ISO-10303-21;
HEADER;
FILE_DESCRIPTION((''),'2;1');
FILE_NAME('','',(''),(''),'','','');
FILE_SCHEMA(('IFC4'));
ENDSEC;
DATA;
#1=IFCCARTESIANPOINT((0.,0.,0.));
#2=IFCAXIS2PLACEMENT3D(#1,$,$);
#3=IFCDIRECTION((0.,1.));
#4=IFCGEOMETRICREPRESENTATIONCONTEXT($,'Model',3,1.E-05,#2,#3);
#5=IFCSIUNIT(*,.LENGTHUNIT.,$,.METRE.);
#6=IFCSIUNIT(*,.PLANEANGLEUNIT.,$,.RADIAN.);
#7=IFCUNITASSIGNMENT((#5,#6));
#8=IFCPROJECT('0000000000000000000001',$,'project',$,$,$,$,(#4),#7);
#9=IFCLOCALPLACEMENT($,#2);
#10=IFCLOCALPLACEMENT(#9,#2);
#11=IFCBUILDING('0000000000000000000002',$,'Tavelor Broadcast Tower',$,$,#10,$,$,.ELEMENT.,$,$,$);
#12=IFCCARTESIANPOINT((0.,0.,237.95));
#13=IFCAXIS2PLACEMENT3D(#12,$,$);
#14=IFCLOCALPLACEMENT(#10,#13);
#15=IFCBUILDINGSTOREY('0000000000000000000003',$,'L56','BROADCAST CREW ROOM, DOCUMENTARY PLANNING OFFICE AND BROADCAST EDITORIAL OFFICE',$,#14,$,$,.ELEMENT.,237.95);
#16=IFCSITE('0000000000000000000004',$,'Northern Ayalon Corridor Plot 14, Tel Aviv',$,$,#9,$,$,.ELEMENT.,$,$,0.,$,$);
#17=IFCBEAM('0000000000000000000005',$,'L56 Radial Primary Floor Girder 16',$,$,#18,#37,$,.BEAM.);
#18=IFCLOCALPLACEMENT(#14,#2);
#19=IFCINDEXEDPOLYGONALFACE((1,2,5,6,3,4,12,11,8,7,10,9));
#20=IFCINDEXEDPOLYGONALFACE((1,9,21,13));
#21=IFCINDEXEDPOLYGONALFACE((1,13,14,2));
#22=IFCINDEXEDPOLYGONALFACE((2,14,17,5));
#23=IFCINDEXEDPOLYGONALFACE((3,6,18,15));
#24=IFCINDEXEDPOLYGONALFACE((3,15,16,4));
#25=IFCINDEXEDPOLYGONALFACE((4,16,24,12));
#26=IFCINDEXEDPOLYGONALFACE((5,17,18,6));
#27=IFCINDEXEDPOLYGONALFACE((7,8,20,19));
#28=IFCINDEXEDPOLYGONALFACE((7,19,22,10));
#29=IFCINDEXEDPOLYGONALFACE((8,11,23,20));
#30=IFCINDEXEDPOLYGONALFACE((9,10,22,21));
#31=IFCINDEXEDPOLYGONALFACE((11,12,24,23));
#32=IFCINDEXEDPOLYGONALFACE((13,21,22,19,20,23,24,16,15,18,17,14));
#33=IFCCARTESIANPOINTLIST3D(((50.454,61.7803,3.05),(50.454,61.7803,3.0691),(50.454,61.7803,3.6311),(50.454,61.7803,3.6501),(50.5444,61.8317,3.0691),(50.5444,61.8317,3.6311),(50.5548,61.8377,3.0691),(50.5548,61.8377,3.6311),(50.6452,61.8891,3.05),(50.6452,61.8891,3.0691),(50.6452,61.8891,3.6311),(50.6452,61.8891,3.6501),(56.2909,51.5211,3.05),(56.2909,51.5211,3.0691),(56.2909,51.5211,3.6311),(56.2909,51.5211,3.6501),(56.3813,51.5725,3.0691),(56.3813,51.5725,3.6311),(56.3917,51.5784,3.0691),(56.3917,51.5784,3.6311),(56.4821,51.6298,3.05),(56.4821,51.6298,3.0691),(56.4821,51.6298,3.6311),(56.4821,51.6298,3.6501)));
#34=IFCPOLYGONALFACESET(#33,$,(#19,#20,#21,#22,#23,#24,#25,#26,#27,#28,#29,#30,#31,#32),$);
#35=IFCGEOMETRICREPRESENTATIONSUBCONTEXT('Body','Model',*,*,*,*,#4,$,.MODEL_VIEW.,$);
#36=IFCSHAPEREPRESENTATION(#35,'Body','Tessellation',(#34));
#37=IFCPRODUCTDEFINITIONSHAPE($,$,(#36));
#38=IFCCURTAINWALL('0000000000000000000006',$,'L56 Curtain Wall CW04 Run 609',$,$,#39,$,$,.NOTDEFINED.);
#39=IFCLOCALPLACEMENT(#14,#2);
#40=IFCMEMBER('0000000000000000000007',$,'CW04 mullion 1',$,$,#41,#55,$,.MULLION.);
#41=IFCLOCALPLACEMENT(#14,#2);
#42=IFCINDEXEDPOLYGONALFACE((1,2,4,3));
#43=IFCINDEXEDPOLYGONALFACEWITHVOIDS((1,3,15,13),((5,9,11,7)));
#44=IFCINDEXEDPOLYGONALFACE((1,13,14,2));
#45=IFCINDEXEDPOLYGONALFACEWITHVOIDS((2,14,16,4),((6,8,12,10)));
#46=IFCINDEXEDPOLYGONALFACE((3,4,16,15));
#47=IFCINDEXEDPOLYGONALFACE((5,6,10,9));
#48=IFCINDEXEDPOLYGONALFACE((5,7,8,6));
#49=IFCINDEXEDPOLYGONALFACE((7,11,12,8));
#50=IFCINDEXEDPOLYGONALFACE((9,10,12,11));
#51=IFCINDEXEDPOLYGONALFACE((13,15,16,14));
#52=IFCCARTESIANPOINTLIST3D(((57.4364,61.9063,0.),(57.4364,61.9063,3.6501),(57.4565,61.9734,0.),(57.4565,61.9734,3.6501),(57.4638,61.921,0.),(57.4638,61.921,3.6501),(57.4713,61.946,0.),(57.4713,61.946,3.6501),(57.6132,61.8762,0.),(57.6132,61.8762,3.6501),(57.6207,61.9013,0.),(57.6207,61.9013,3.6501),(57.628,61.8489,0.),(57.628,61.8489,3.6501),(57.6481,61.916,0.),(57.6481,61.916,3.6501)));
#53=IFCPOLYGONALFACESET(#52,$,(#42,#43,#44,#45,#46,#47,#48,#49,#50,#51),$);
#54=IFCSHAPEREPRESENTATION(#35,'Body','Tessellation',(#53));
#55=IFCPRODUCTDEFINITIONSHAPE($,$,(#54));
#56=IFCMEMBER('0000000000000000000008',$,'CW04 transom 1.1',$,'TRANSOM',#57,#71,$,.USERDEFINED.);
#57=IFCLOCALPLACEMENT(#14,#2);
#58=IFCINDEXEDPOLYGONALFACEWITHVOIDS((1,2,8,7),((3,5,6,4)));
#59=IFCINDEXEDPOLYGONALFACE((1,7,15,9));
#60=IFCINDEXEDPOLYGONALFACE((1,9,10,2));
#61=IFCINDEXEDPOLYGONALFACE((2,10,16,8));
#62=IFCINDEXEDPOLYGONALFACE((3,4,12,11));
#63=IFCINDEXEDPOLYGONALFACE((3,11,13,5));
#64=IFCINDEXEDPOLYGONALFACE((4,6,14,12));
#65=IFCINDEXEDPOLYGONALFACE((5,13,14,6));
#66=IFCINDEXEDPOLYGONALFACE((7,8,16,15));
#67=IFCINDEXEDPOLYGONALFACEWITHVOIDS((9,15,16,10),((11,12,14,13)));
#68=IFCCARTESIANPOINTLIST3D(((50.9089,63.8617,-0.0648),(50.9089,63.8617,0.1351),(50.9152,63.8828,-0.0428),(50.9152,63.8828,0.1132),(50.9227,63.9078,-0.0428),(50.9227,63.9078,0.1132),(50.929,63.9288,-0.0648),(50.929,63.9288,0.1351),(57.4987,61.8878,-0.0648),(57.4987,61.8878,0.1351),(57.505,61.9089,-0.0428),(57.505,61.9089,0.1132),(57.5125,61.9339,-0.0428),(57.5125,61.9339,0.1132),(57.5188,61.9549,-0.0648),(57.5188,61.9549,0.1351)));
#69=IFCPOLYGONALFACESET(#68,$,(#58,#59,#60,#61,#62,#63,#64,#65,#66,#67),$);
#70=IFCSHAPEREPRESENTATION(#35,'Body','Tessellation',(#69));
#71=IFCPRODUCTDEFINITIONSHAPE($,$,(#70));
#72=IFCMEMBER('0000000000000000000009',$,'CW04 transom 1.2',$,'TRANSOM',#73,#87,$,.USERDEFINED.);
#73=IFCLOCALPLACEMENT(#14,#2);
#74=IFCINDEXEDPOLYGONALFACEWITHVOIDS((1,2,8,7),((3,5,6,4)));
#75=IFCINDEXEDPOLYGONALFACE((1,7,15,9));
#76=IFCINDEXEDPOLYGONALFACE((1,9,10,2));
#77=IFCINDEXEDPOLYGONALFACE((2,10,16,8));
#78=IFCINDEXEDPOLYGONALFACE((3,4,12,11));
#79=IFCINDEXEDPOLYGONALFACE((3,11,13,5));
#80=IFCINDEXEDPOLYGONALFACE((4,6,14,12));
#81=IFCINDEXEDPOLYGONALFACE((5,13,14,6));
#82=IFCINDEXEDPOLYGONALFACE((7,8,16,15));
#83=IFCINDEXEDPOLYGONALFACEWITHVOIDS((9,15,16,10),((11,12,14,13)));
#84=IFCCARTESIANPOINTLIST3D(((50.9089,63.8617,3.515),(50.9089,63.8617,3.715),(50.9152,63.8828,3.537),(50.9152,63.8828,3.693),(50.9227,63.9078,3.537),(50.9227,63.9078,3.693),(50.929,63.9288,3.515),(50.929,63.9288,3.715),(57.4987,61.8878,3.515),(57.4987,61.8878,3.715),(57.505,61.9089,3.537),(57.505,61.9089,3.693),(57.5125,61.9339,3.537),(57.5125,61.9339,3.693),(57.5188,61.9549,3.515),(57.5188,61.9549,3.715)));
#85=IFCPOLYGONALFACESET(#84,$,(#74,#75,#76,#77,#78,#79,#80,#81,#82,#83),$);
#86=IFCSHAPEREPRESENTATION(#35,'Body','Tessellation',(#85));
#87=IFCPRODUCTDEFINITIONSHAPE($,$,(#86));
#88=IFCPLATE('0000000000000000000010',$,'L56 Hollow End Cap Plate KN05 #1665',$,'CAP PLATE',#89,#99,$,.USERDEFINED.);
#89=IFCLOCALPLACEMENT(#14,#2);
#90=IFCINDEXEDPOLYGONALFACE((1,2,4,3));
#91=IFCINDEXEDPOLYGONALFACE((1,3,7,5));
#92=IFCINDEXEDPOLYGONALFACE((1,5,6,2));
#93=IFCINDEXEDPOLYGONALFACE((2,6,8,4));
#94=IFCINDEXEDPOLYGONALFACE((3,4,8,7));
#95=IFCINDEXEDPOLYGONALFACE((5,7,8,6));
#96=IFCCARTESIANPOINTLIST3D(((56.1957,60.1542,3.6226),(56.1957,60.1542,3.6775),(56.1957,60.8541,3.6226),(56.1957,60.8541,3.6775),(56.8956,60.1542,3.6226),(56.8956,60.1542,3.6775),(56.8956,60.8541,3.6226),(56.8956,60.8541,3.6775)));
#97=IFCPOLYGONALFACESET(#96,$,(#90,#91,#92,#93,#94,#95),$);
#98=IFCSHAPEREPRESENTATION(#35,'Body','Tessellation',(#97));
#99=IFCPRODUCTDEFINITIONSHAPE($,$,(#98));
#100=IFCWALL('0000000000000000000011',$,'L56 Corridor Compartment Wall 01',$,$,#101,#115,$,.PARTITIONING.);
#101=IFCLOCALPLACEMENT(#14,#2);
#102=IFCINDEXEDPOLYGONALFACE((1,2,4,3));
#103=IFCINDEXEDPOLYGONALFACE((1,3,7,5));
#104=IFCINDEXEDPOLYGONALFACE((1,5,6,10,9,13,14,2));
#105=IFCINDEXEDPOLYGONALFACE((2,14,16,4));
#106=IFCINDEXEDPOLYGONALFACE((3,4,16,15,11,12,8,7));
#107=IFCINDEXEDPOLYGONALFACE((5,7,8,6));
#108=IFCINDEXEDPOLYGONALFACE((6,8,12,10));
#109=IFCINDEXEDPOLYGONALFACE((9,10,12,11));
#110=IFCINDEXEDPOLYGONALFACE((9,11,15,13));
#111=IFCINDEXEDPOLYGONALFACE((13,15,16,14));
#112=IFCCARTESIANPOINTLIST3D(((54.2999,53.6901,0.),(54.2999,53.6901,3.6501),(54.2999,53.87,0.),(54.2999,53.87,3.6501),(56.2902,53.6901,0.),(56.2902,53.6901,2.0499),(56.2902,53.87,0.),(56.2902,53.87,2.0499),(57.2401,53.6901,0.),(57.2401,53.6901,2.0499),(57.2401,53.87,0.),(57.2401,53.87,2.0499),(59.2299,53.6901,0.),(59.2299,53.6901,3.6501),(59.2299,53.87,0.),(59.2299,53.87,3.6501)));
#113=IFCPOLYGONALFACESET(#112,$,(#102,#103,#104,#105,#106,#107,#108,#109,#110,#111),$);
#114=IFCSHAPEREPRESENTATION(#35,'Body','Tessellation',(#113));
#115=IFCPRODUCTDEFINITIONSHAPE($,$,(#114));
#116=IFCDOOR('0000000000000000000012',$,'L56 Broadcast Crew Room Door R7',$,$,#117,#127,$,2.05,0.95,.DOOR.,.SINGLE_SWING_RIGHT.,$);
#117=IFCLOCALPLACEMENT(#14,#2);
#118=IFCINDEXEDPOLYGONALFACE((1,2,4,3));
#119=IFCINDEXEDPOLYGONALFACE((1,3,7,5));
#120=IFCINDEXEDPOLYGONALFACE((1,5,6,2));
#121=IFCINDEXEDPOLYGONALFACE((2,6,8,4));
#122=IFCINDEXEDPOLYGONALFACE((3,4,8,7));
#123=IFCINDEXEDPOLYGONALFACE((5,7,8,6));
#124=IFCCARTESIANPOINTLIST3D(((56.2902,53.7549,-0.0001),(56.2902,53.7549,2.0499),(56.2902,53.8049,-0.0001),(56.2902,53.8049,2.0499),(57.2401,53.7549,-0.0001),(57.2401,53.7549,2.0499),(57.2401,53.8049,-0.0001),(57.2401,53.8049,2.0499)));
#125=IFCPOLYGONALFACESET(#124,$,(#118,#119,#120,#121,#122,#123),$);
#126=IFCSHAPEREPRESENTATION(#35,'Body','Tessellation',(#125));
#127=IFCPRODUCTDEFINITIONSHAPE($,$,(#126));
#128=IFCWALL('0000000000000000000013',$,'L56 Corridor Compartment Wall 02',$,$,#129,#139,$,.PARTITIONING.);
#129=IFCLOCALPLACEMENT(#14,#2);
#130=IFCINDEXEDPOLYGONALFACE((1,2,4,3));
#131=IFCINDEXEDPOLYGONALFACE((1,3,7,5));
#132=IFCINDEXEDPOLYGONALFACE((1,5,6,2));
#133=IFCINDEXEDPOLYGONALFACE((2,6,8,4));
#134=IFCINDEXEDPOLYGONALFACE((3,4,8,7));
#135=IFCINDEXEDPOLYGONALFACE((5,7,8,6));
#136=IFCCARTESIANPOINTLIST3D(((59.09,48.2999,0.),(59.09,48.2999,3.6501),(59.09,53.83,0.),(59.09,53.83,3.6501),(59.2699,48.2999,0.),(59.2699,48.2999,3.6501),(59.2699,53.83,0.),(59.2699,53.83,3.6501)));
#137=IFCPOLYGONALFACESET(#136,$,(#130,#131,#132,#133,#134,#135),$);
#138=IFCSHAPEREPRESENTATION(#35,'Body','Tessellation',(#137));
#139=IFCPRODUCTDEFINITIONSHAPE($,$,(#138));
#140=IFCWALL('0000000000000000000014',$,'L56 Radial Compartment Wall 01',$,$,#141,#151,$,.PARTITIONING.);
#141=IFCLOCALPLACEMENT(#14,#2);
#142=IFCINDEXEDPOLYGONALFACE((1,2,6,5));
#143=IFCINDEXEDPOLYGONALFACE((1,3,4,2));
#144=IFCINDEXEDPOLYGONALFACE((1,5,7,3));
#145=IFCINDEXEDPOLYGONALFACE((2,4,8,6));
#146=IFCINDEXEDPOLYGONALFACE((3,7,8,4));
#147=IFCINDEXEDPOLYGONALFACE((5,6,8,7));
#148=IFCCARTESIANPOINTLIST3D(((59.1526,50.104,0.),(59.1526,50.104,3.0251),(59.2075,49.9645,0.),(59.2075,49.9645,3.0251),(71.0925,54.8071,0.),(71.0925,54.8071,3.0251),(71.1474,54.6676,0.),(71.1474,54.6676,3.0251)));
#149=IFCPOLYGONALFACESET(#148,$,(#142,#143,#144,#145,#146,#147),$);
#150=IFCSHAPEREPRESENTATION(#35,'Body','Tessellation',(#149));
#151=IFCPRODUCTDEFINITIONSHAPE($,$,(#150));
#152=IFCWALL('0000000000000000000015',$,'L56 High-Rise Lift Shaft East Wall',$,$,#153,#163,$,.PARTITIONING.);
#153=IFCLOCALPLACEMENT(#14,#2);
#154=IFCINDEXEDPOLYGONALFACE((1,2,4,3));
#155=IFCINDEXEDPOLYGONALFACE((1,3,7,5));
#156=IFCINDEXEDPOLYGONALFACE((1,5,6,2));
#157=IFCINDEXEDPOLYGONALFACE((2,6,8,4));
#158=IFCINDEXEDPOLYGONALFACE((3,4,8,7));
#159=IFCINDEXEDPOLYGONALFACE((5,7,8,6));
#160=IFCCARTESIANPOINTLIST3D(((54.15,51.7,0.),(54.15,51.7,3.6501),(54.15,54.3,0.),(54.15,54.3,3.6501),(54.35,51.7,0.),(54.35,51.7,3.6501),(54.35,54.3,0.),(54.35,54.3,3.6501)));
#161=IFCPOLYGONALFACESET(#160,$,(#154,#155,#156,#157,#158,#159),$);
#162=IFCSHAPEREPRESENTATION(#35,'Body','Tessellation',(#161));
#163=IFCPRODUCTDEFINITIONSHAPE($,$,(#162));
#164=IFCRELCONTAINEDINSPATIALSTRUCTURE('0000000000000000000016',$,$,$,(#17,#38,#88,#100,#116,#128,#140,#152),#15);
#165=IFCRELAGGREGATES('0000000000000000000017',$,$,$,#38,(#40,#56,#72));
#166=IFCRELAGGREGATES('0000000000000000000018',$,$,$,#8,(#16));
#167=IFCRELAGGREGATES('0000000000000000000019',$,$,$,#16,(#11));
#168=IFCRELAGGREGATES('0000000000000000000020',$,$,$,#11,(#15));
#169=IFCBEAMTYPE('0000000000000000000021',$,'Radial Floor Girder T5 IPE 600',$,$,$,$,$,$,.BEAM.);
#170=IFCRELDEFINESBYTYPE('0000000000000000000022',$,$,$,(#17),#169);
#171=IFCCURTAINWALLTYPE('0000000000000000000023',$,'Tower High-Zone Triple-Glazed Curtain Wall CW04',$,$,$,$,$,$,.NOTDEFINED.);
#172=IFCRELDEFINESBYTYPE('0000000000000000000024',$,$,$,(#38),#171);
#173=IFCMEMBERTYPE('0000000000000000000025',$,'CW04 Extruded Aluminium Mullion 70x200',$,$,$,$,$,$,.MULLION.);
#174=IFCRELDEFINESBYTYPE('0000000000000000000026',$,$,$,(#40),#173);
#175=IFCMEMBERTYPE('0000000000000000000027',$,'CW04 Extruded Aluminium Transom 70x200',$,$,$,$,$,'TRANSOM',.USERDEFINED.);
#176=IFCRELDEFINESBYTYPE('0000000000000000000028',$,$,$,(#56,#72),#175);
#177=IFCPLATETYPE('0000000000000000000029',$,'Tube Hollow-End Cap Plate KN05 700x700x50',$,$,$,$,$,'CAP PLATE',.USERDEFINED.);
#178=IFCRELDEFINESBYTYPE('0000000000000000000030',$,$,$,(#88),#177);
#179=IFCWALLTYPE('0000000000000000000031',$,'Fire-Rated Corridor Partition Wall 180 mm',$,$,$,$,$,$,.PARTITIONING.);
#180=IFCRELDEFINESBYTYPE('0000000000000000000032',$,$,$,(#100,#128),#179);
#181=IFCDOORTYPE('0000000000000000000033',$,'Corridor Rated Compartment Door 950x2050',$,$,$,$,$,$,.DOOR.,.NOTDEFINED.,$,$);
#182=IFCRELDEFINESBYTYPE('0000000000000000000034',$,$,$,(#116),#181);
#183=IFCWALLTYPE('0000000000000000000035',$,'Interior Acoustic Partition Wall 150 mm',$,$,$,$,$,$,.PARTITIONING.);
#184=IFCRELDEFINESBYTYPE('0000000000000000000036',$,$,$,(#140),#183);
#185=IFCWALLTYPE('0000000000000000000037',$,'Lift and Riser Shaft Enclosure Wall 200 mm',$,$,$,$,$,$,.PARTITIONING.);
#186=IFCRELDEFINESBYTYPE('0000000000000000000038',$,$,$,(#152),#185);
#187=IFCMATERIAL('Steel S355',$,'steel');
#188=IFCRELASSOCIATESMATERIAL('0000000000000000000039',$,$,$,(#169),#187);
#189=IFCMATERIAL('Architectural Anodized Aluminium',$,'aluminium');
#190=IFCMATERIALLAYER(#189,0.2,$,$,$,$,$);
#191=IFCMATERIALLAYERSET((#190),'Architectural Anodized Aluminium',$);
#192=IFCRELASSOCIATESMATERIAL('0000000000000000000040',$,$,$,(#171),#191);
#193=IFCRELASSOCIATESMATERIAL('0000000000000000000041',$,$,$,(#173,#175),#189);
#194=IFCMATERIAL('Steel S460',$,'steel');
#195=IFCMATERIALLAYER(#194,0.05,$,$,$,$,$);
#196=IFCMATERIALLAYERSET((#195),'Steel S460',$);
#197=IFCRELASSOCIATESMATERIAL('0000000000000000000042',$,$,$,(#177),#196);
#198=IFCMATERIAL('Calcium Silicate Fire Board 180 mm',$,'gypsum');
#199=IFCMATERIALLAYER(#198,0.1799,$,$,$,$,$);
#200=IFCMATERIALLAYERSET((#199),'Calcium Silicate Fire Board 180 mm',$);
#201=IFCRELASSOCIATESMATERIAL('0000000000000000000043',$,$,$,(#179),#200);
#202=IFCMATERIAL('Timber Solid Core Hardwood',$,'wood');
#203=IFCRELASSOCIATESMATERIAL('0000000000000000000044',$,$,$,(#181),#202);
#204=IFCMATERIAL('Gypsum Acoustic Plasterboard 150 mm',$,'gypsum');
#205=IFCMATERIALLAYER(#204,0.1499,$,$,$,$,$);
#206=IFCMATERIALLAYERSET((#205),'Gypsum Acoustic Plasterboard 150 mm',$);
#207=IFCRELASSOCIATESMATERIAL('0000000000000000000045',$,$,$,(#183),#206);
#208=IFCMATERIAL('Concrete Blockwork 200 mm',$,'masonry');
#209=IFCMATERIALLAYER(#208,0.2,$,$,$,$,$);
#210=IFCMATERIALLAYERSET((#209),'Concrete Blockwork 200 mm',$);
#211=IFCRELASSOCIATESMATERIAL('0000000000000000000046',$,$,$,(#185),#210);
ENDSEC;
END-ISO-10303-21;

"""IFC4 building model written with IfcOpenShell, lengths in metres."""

from ifc_helpers import new_model, si_unit, direction, frame, frame_2d, origin, origin_2d, place, context, subcontext, project, spatial, rectangle, hollow_rectangle, i_section, extrude, source, transform, mapped, material, layer, layer_set, material_profile, profile_set, type_object, type_shapes, element, fill, aggregate, save


model = new_model("IFC4")

# Units and contexts
model_context = context("Model", 3, precision=1e-05, world=origin(), true_north=direction((0.0, 1.0)))
body_context = subcontext(model_context, "Body", "Model", "MODEL_VIEW")
ifc_project = project(units=[si_unit("LENGTHUNIT", "METRE"), si_unit("PLANEANGLEUNIT", "RADIAN")], contexts=[model_context])

# Site, building, storey
site_placement = place(None, origin())
site = spatial("IfcSite", under=ifc_project, at=site_placement, Name="Northern Ayalon Corridor Plot 14, Tel Aviv", CompositionType="ELEMENT", RefElevation=0.0)
building_placement = place(site_placement, origin())
building = spatial("IfcBuilding", under=site, at=building_placement, Name="Tavelor Broadcast Tower", CompositionType="ELEMENT")
storey_placement = place(building_placement, frame((0.0, 0.0, 237.95)))
storey = spatial("IfcBuildingStorey", under=building, at=storey_placement, Name="L56", Description="BROADCAST CREW ROOM, DOCUMENTARY PLANNING OFFICE AND BROADCAST EDITORIAL OFFICE", CompositionType="ELEMENT", Elevation=237.95)

# Shared definitions
ifc_material_1 = material(Name="Steel S460", Category="steel")

# Beam
ifc_material_2 = material(Name="Steel S355", Category="steel")
ifc_material_profile_1 = material_profile(ifc_material_2, i_section(OverallWidth=0.22, OverallDepth=0.6001, WebThickness=0.012, FlangeThickness=0.019, at=origin_2d()), Name="IPE 600")
ifc_profile_set_1 = profile_set([ifc_material_profile_1], Name="Steel S355")
beam_type_1 = type_object("IfcBeamType", Name="Radial Floor Girder T5 IPE 600", PredefinedType="BEAM", material=ifc_profile_set_1)
beam_1_placement = place(storey_placement, frame((56.3865, 51.5754, 3.3501), z_axis=(-0.494508, 0.869173, 0.0), x_axis=(-0.869173, -0.494508, 0.0)))
element("IfcBeam", 1, at=beam_1_placement, inside=storey, type_object=beam_type_1, Name="L56 Radial Primary Floor Girder 16", PredefinedType="BEAM", context=body_context, shape_type="SweptSolid", body=[
    extrude(i_section(OverallWidth=0.22, OverallDepth=0.6001, WebThickness=0.012, FlangeThickness=0.019, at=origin_2d()), origin(), (0.0, 0.0, 1.0), 11.8035),
])

# Curtain wall, members
ifc_material_3 = material(Name="Architectural Anodized Aluminium", Category="aluminium")
ifc_layer_1 = layer(ifc_material_3, 0.2)
ifc_layer_set_1 = layer_set([ifc_layer_1], Name="Architectural Anodized Aluminium")
curtain_wall_type = type_object("IfcCurtainWallType", Name="Tower High-Zone Triple-Glazed Curtain Wall CW04", PredefinedType="NOTDEFINED", material=ifc_layer_set_1)
curtain_wall_placement = place(storey_placement, origin())
curtain_wall = element("IfcCurtainWall", 2, at=curtain_wall_placement, inside=storey, type_object=curtain_wall_type, Name="L56 Curtain Wall CW04 Run 609", PredefinedType="NOTDEFINED")
ifc_material_profile_2 = material_profile(ifc_material_3, hollow_rectangle(XDim=0.0701, YDim=0.2, WallThickness=0.022, at=origin_2d()), Name="RHS 70x200x22")
ifc_profile_set_2 = profile_set([ifc_material_profile_2], Name="Architectural Anodized Aluminium")
member_type_1 = type_object("IfcMemberType", Name="CW04 Extruded Aluminium Mullion 70x200", PredefinedType="MULLION", material=ifc_profile_set_2)
shared_shape_1 = source(origin(), body_context, "Body", "SweptSolid", [
    extrude(hollow_rectangle(XDim=0.0701, YDim=0.2, WallThickness=0.022, at=origin_2d()), origin(), (0.0, 0.0, 1.0), 3.6501),
])
type_shapes(member_type_1, [shared_shape_1])
member_1_placement = place(storey_placement, frame((57.5422, 61.9111, 0.0), z_axis=(0.0, 0.0, 1.0), x_axis=(-0.286947, -0.957947, 0.0)))
member_1 = element("IfcMember", 3, at=member_1_placement, type_object=member_type_1, Name="CW04 mullion 1", PredefinedType="MULLION", context=body_context, shape_type="MappedRepresentation", body=[
    mapped(shared_shape_1, transform((0.0, 0.0, 0.0), scale=1.0)),
])
ifc_material_profile_3 = material_profile(ifc_material_3, hollow_rectangle(XDim=0.0701, YDim=0.2, WallThickness=0.022, at=origin_2d()), Name="RHS 70x200x22")
ifc_profile_set_3 = profile_set([ifc_material_profile_3], Name="Architectural Anodized Aluminium")
member_type_2 = type_object("IfcMemberType", Name="CW04 Extruded Aluminium Transom 70x200", ElementType="TRANSOM", PredefinedType="USERDEFINED", material=ifc_profile_set_3)
shared_shape_2 = source(origin(), body_context, "Body", "SweptSolid", [
    extrude(hollow_rectangle(XDim=0.0701, YDim=0.2, WallThickness=0.022, at=origin_2d()), origin(), (0.0, 0.0, 1.0), 6.8792),
])
type_shapes(member_type_2, [shared_shape_2])
member_2_placement = place(storey_placement, frame((57.5088, 61.9214, 0.0352), z_axis=(-0.957949, 0.286938, 0.0), x_axis=(-0.286938, -0.957949, 0.0)))
member_2 = element("IfcMember", 4, at=member_2_placement, type_object=member_type_2, Name="CW04 transom 1.1", ObjectType="TRANSOM", PredefinedType="USERDEFINED", context=body_context, shape_type="MappedRepresentation", body=[
    mapped(shared_shape_2, transform((0.0, 0.0, 0.0), scale=1.0)),
])
member_3_placement = place(storey_placement, frame((57.5088, 61.9214, 3.615), z_axis=(-0.957949, 0.286938, 0.0), x_axis=(-0.286938, -0.957949, 0.0)))
member_3 = element("IfcMember", 5, at=member_3_placement, type_object=member_type_2, Name="CW04 transom 1.2", ObjectType="TRANSOM", PredefinedType="USERDEFINED", context=body_context, shape_type="MappedRepresentation", body=[
    mapped(shared_shape_2, transform((0.0, 0.0, 0.0), scale=1.0)),
])
aggregate(curtain_wall, [member_1, member_2, member_3])

# Plate
ifc_layer_2 = layer(ifc_material_1, 0.05)
ifc_layer_set_2 = layer_set([ifc_layer_2], Name="Steel S460")
plate_type = type_object("IfcPlateType", Name="Tube Hollow-End Cap Plate KN05 700x700x50", ElementType="CAP PLATE", PredefinedType="USERDEFINED", material=ifc_layer_set_2)
shared_shape_3 = source(origin(), body_context, "Body", "SweptSolid", [
    extrude(rectangle(XDim=0.7, YDim=0.7, at=origin_2d()), origin(), (0.0, 0.0, 1.0), 0.0549),
])
type_shapes(plate_type, [shared_shape_3])
plate_placement = place(storey_placement, frame((56.5457, 60.5042, 3.6226), z_axis=(0.0, 0.0, 1.0), x_axis=(1.0, 0.0, 0.0)))
element("IfcPlate", 6, at=plate_placement, inside=storey, type_object=plate_type, Name="L56 Hollow End Cap Plate KN05 #1665", ObjectType="CAP PLATE", PredefinedType="USERDEFINED", context=body_context, shape_type="MappedRepresentation", body=[
    mapped(shared_shape_3, transform((0.0, 0.0, 0.0), scale=1.0)),
])

# Wall, opening, door
ifc_material_4 = material(Name="Calcium Silicate Fire Board 180 mm", Category="gypsum")
ifc_layer_3 = layer(ifc_material_4, 0.1799)
ifc_layer_set_3 = layer_set([ifc_layer_3], Name="Calcium Silicate Fire Board 180 mm")
wall_type_1 = type_object("IfcWallType", Name="Fire-Rated Corridor Partition Wall 180 mm", PredefinedType="PARTITIONING", material=ifc_layer_set_3)
wall_1_placement = place(storey_placement, frame((54.3, 53.78, 0.0), z_axis=(0.0, 0.0, 1.0), x_axis=(1.0, 0.0, 0.0)))
wall_1 = element("IfcWall", 7, at=wall_1_placement, inside=storey, type_object=wall_type_1, Name="L56 Corridor Compartment Wall 01", PredefinedType="PARTITIONING", context=body_context, shape_type="SweptSolid", body=[
    extrude(rectangle(XDim=4.9299, YDim=0.1799, at=frame_2d((2.4648, 0.0))), origin(), (0.0, 0.0, 1.0), 3.6501),
])
opening_placement = place(wall_1_placement, frame((1.99, 0.0, 0.0)))
opening = element("IfcOpeningElement", 8, at=opening_placement, cuts=wall_1, PredefinedType="OPENING", context=body_context, shape_type="SweptSolid", body=[
    extrude(rectangle(XDim=0.95, YDim=2.05, at=frame_2d((0.4751, 1.0249))), frame((0.0, 0.1001, 0.0), z_axis=(0.0, -1.0, 0.0), x_axis=(1.0, 0.0, 0.0)), (0.0, 0.0, 1.0), 0.2),
])
ifc_material_5 = material(Name="Timber Solid Core Hardwood", Category="wood")
door_type = type_object("IfcDoorType", Name="Corridor Rated Compartment Door 950x2050", OperationType="NOTDEFINED", PredefinedType="DOOR", material=ifc_material_5)
door_placement = place(opening_placement, origin())
door = element("IfcDoor", 9, at=door_placement, inside=storey, type_object=door_type, Name="L56 Broadcast Crew Room Door R7", OperationType="SINGLE_SWING_RIGHT", OverallHeight=2.05, OverallWidth=0.95, PredefinedType="DOOR", context=body_context, shape_type="SweptSolid", body=[
    extrude(rectangle(XDim=0.95, YDim=2.05, at=frame_2d((0.4751, 1.0249))), frame((0.0, 0.0249, 0.0), z_axis=(0.0, -1.0, 0.0), x_axis=(1.0, 0.0, 0.0)), (0.0, 0.0, 1.0), 0.05),
])
fill(opening, door)

# Walls
wall_2_placement = place(storey_placement, frame((59.1799, 53.8301, 0.0), z_axis=(0.0, 0.0, 1.0), x_axis=(0.0, -1.0, 0.0)))
element("IfcWall", 10, at=wall_2_placement, inside=storey, type_object=wall_type_1, Name="L56 Corridor Compartment Wall 02", PredefinedType="PARTITIONING", context=body_context, shape_type="SweptSolid", body=[
    extrude(rectangle(XDim=5.53, YDim=0.1799, at=frame_2d((2.7651, 0.0))), origin(), (0.0, 0.0, 1.0), 3.6501),
])
ifc_material_6 = material(Name="Gypsum Acoustic Plasterboard 150 mm", Category="gypsum")
ifc_layer_4 = layer(ifc_material_6, 0.1499)
ifc_layer_set_4 = layer_set([ifc_layer_4], Name="Gypsum Acoustic Plasterboard 150 mm")
wall_type_2 = type_object("IfcWallType", Name="Interior Acoustic Partition Wall 150 mm", PredefinedType="PARTITIONING", material=ifc_layer_set_4)
wall_3_placement = place(storey_placement, frame((59.1799, 50.0342, 0.0), z_axis=(0.0, 0.0, 1.0), x_axis=(0.930421, 0.366492, 0.0)))
element("IfcWall", 11, at=wall_3_placement, inside=storey, type_object=wall_type_2, Name="L56 Radial Compartment Wall 01", PredefinedType="PARTITIONING", context=body_context, shape_type="SweptSolid", body=[
    extrude(rectangle(XDim=12.8328, YDim=0.1499, at=frame_2d((6.4165, 0.0))), origin(), (0.0, 0.0, 1.0), 3.0251),
])
ifc_material_7 = material(Name="Concrete Blockwork 200 mm", Category="masonry")
ifc_layer_5 = layer(ifc_material_7, 0.2)
ifc_layer_set_5 = layer_set([ifc_layer_5], Name="Concrete Blockwork 200 mm")
wall_type_3 = type_object("IfcWallType", Name="Lift and Riser Shaft Enclosure Wall 200 mm", PredefinedType="PARTITIONING", material=ifc_layer_set_5)
wall_4_placement = place(storey_placement, frame((54.25, 51.7, 0.0), z_axis=(0.0, 0.0, 1.0), x_axis=(0.0, 1.0, 0.0)))
element("IfcWall", 12, at=wall_4_placement, inside=storey, type_object=wall_type_3, Name="L56 High-Rise Lift Shaft East Wall", PredefinedType="PARTITIONING", context=body_context, shape_type="SweptSolid", body=[
    extrude(rectangle(XDim=2.6001, YDim=0.2, at=frame_2d((1.3, 0.0))), origin(), (0.0, 0.0, 1.0), 3.6501),
])

save(model, "model.ifc")
